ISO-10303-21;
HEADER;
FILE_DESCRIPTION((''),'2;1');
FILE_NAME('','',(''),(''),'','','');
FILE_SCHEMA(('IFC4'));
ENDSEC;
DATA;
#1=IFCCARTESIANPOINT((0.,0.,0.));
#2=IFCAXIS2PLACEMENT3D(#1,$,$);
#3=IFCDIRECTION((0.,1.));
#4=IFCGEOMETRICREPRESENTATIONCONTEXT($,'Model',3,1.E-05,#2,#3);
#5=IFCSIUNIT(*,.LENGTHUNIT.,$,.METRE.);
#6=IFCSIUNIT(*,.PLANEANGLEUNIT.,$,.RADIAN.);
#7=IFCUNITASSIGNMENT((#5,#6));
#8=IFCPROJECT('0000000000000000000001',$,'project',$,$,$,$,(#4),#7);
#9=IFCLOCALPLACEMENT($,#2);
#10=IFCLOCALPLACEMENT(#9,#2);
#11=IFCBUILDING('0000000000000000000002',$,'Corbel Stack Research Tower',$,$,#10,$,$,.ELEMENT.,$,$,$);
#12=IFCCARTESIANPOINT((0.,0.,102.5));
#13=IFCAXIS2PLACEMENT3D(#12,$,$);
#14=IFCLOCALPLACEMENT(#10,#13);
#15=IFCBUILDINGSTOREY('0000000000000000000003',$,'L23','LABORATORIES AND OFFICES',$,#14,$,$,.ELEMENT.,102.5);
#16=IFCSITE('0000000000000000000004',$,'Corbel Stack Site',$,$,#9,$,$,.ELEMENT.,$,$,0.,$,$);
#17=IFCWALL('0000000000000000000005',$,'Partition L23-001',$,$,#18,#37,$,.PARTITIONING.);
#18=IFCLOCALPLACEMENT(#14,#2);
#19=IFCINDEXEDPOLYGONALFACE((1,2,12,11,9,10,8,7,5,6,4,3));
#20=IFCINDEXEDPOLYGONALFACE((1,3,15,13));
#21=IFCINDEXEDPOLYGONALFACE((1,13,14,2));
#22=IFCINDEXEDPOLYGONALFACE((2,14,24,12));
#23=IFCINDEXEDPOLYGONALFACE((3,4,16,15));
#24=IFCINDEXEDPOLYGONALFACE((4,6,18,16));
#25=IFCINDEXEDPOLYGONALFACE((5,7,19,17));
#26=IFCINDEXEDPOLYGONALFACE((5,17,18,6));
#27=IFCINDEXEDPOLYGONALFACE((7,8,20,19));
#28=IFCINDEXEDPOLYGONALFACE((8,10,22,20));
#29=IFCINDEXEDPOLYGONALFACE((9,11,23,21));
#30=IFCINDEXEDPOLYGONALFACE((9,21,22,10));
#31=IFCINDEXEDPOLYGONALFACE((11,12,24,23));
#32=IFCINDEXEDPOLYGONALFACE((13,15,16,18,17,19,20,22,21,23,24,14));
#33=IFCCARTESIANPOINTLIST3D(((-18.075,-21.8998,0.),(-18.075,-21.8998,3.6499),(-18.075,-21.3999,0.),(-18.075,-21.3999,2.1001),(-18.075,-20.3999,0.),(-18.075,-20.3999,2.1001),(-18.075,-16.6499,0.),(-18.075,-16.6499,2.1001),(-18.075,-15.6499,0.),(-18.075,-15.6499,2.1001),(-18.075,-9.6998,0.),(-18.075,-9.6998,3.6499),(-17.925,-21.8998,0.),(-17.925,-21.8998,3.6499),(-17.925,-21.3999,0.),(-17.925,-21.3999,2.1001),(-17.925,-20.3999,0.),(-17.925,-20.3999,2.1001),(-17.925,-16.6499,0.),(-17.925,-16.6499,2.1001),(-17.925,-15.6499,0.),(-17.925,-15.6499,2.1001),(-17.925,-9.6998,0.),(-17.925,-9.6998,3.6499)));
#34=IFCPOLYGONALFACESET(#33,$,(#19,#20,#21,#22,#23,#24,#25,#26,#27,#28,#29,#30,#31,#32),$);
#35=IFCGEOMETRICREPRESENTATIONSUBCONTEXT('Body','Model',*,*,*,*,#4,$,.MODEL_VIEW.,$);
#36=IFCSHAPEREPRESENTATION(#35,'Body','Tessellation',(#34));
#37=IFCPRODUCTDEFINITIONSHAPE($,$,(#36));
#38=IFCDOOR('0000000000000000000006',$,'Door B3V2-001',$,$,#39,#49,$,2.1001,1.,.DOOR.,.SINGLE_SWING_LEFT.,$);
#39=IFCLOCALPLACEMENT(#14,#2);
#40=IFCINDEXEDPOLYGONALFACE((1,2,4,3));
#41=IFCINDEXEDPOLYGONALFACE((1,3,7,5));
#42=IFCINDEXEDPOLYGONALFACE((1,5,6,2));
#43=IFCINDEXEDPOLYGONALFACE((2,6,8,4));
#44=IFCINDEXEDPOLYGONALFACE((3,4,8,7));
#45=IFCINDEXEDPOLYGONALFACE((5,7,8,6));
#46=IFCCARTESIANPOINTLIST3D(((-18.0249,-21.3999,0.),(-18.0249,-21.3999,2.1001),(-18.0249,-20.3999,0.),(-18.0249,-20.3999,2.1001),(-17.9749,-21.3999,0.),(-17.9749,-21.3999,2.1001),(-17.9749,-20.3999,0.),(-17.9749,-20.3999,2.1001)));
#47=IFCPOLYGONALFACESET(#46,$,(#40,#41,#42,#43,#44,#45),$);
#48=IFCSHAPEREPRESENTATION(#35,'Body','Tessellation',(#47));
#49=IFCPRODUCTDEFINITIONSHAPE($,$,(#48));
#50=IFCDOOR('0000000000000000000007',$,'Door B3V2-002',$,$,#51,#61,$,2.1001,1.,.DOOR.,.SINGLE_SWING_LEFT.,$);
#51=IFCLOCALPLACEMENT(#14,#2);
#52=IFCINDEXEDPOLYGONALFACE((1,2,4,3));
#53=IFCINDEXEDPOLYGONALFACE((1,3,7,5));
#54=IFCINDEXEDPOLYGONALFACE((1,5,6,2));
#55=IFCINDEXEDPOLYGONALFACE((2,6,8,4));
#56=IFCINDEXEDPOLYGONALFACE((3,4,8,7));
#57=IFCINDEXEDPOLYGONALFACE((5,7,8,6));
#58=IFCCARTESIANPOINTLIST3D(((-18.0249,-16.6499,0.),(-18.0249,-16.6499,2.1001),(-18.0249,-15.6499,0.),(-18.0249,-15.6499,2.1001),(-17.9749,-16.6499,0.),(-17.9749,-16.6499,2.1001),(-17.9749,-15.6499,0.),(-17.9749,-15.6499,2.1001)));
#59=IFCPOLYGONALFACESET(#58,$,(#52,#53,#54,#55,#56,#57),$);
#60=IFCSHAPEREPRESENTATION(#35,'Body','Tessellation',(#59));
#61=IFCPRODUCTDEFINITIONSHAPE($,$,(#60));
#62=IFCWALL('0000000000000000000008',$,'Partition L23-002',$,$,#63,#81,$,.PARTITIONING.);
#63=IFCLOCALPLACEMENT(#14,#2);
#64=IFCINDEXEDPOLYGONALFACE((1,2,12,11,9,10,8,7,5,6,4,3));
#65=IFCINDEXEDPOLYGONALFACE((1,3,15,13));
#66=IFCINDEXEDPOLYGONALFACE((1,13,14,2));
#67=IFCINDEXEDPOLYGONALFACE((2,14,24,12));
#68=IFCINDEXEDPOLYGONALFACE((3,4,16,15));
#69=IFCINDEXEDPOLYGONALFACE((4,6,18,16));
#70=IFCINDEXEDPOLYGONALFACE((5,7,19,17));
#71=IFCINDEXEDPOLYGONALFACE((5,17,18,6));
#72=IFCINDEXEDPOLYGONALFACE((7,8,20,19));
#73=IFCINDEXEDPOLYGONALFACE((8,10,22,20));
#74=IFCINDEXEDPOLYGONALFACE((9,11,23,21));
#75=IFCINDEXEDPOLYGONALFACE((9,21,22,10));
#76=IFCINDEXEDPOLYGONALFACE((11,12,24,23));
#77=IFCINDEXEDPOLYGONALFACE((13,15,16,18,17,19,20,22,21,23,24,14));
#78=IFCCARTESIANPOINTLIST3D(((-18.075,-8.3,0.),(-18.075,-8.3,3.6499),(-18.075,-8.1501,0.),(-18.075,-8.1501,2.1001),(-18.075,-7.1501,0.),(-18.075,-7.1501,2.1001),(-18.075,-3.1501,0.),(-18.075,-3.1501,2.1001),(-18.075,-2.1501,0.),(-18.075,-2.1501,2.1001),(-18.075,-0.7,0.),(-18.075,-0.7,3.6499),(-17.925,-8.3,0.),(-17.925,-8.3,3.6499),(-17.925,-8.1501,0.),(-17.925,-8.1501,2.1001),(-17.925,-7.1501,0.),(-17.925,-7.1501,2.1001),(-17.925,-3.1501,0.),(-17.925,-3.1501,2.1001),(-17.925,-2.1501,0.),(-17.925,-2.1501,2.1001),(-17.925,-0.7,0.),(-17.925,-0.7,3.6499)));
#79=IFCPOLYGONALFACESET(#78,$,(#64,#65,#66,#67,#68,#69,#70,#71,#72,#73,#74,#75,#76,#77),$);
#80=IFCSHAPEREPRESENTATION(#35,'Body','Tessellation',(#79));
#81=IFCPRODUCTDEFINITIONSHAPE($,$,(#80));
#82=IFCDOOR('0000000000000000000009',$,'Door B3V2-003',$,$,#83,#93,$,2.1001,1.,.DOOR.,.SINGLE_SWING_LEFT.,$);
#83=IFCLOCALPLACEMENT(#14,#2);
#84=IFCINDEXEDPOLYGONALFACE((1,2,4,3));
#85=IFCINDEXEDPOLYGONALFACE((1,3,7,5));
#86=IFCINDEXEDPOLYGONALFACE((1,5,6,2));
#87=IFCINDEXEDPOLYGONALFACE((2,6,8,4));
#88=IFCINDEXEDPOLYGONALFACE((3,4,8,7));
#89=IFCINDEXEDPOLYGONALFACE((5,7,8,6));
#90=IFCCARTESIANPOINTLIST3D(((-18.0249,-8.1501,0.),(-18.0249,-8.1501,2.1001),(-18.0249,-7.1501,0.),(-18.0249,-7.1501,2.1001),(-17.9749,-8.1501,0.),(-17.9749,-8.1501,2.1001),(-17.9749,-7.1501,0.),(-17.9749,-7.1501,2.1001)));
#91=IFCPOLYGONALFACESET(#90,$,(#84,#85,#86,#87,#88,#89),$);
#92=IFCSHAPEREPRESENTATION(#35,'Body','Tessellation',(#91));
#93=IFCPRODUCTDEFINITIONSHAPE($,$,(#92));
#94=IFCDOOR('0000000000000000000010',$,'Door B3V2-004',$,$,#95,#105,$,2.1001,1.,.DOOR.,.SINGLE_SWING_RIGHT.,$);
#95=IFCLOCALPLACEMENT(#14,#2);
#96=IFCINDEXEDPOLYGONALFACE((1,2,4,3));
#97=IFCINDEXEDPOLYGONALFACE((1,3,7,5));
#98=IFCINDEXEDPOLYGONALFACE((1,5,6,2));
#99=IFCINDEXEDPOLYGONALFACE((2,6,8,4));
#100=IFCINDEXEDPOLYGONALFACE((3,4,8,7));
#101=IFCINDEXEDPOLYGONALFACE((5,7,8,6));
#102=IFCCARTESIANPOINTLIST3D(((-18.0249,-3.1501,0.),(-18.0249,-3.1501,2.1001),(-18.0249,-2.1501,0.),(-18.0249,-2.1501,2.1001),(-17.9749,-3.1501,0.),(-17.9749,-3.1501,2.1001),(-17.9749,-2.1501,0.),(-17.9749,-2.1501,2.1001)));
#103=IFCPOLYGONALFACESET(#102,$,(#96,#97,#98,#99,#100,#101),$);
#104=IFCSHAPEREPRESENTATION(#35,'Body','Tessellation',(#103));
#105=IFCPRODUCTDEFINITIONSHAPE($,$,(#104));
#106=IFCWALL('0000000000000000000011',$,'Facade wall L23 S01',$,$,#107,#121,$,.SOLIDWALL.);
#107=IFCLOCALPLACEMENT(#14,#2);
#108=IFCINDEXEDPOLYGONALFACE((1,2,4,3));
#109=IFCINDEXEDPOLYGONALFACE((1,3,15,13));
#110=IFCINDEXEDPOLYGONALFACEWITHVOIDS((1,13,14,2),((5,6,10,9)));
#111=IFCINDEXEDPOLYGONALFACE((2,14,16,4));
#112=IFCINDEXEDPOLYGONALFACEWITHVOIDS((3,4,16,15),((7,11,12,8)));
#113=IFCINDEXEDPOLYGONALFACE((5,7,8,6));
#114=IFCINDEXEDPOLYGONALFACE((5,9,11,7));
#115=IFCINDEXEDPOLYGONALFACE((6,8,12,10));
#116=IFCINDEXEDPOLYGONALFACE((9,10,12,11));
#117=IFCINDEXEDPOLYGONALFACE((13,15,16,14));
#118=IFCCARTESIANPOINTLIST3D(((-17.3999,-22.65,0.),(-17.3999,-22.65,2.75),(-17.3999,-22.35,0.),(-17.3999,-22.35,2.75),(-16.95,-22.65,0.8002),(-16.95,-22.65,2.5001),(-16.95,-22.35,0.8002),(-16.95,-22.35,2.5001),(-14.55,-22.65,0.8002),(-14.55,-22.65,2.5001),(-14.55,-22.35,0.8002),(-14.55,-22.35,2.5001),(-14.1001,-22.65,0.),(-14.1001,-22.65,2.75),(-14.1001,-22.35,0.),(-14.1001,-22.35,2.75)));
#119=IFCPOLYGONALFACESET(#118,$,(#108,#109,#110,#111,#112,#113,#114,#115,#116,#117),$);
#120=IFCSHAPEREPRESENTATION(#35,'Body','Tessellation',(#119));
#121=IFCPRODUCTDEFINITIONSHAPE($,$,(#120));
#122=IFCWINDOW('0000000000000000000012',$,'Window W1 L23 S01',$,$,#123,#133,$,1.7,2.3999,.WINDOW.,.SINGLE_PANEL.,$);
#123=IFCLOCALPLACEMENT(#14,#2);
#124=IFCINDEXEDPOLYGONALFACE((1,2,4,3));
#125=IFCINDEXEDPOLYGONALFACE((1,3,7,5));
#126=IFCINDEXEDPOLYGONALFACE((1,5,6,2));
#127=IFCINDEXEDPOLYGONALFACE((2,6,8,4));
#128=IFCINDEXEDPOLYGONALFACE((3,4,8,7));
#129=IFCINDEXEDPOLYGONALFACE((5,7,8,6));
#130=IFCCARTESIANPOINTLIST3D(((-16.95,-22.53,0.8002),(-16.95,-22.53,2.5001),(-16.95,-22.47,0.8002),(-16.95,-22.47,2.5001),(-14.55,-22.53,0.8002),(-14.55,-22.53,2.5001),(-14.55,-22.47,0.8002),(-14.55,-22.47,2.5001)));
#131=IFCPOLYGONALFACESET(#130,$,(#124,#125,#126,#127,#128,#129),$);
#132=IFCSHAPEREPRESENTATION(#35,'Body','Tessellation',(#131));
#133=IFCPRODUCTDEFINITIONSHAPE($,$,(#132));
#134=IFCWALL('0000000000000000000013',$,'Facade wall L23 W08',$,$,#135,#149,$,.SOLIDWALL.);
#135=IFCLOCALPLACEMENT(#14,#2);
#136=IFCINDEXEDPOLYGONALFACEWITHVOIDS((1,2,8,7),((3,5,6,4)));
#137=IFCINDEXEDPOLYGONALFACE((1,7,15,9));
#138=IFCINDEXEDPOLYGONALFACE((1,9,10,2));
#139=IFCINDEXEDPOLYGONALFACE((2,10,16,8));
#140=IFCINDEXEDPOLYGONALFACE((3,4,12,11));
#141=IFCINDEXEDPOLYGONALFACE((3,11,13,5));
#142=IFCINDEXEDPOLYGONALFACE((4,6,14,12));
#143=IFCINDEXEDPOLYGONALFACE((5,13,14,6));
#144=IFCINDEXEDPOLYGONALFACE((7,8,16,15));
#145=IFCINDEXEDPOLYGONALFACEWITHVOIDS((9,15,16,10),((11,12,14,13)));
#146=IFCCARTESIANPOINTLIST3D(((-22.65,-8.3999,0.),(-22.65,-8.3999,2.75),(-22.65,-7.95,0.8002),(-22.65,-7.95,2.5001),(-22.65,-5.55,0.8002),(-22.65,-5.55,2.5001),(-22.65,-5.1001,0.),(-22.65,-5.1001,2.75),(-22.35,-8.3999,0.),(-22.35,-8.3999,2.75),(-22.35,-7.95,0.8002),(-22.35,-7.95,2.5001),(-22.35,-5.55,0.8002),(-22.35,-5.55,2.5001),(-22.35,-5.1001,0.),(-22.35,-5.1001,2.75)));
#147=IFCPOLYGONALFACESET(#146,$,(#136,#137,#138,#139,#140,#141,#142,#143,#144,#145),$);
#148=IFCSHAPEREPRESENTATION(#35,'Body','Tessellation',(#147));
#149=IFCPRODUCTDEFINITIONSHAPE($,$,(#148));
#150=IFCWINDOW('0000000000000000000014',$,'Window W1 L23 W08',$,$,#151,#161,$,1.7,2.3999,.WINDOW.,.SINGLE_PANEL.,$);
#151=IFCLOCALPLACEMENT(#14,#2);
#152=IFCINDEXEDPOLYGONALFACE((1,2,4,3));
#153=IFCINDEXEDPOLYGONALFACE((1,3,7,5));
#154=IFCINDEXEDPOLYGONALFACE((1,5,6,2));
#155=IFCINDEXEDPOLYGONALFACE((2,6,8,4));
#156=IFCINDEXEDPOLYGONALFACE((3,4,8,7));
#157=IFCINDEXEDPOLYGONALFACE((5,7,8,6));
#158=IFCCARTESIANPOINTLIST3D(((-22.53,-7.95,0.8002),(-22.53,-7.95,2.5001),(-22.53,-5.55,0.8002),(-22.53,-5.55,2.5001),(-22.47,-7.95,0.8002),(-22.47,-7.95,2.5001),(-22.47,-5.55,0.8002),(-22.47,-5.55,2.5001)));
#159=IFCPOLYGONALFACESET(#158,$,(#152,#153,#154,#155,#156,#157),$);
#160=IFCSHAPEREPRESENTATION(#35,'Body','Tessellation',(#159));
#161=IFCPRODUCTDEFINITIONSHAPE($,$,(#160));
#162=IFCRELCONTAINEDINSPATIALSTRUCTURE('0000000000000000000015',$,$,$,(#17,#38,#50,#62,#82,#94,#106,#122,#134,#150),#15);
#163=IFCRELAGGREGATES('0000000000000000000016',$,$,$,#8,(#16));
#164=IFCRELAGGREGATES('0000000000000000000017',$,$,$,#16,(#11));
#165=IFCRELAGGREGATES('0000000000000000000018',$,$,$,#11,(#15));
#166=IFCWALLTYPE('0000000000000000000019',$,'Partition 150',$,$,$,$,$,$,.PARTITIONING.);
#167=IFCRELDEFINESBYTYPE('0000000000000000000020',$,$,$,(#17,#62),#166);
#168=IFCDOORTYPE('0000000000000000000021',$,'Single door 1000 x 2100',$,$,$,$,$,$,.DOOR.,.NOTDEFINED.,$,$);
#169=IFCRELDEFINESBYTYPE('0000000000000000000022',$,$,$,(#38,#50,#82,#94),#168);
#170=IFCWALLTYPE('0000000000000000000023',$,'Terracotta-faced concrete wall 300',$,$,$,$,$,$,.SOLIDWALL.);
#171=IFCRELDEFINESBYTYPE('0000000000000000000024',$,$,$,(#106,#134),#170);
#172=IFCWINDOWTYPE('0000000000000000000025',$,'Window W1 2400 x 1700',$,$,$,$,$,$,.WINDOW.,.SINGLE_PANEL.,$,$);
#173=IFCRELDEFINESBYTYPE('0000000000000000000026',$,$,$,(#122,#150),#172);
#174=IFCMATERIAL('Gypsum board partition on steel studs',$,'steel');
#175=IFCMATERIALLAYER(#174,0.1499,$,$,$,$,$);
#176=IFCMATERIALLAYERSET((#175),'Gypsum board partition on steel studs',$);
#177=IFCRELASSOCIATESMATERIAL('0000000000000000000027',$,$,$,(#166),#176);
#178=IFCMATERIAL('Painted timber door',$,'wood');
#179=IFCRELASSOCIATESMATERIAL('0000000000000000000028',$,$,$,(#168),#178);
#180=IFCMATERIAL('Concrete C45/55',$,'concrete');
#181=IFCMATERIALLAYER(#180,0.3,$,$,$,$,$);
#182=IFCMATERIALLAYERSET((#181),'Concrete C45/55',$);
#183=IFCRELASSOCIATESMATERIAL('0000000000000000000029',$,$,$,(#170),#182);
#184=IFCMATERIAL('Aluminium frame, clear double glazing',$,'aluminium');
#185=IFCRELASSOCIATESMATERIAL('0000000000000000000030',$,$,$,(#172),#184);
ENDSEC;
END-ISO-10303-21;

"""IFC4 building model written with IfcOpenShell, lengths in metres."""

from ifc_helpers import new_model, si_unit, direction, frame, frame_2d, origin, place, context, subcontext, project, spatial, rectangle, extrude, material, layer, layer_set, type_object, element, fill, save


model = new_model("IFC4")

# Units and contexts
model_context = context("Model", 3, precision=1e-05, world=origin(), true_north=direction((0.0, 1.0)))
body_context = subcontext(model_context, "Body", "Model", "MODEL_VIEW")
ifc_project = project(units=[si_unit("LENGTHUNIT", "METRE"), si_unit("PLANEANGLEUNIT", "RADIAN")], contexts=[model_context])

# Site, building, storey
site_placement = place(None, origin())
site = spatial("IfcSite", under=ifc_project, at=site_placement, Name="Corbel Stack Site", CompositionType="ELEMENT", RefElevation=0.0)
building_placement = place(site_placement, origin())
building = spatial("IfcBuilding", under=site, at=building_placement, Name="Corbel Stack Research Tower", CompositionType="ELEMENT")
storey_placement = place(building_placement, frame((0.0, 0.0, 102.5)))
storey = spatial("IfcBuildingStorey", under=building, at=storey_placement, Name="L23", Description="LABORATORIES AND OFFICES", CompositionType="ELEMENT", Elevation=102.5)

# Walls, openings, doors
ifc_material_1 = material(Name="Gypsum board partition on steel studs", Category="steel")
ifc_layer_1 = layer(ifc_material_1, 0.1499)
ifc_layer_set_1 = layer_set([ifc_layer_1], Name="Gypsum board partition on steel studs")
wall_type_1 = type_object("IfcWallType", Name="Partition 150", PredefinedType="PARTITIONING", material=ifc_layer_set_1)
wall_1_placement = place(storey_placement, frame((-18.0, -21.8999, 0.0), z_axis=(0.0, 0.0, 1.0), x_axis=(0.0, 1.0, 0.0)))
wall_1 = element("IfcWall", 1, at=wall_1_placement, inside=storey, type_object=wall_type_1, Name="Partition L23-001", PredefinedType="PARTITIONING", context=body_context, shape_type="SweptSolid", body=[
    extrude(rectangle(XDim=12.2, YDim=0.1499, at=frame_2d((6.1001, 0.0))), origin(), (0.0, 0.0, 1.0), 3.6499),
])
opening_1_placement = place(wall_1_placement, frame((0.5, 0.0, 0.0)))
opening_1 = element("IfcOpeningElement", 2, at=opening_1_placement, cuts=wall_1, PredefinedType="OPENING", context=body_context, shape_type="SweptSolid", body=[
    extrude(rectangle(XDim=1.0, YDim=2.1001, at=frame_2d((0.5, 1.05))), frame((0.0, 0.085, 0.0), z_axis=(0.0, -1.0, 0.0), x_axis=(1.0, 0.0, 0.0)), (0.0, 0.0, 1.0), 0.1699),
])
opening_2_placement = place(wall_1_placement, frame((5.25, 0.0, 0.0)))
opening_2 = element("IfcOpeningElement", 3, at=opening_2_placement, cuts=wall_1, PredefinedType="OPENING", context=body_context, shape_type="SweptSolid", body=[
    extrude(rectangle(XDim=1.0, YDim=2.1001, at=frame_2d((0.5, 1.05))), frame((0.0, 0.085, 0.0), z_axis=(0.0, -1.0, 0.0), x_axis=(1.0, 0.0, 0.0)), (0.0, 0.0, 1.0), 0.1699),
])
ifc_material_2 = material(Name="Painted timber door", Category="wood")
door_type_1 = type_object("IfcDoorType", Name="Single door 1000 x 2100", OperationType="NOTDEFINED", PredefinedType="DOOR", material=ifc_material_2)
door_1_placement = place(opening_1_placement, origin())
door_1 = element("IfcDoor", 4, at=door_1_placement, inside=storey, type_object=door_type_1, Name="Door B3V2-001", OperationType="SINGLE_SWING_LEFT", OverallHeight=2.1001, OverallWidth=1.0, PredefinedType="DOOR", context=body_context, shape_type="SweptSolid", body=[
    extrude(rectangle(XDim=1.0, YDim=2.1001, at=frame_2d((0.5, 1.05))), frame((0.0, 0.0249, 0.0), z_axis=(0.0, -1.0, 0.0), x_axis=(1.0, 0.0, 0.0)), (0.0, 0.0, 1.0), 0.05),
])
fill(opening_1, door_1)
door_2_placement = place(opening_2_placement, origin())
door_2 = element("IfcDoor", 5, at=door_2_placement, inside=storey, type_object=door_type_1, Name="Door B3V2-002", OperationType="SINGLE_SWING_LEFT", OverallHeight=2.1001, OverallWidth=1.0, PredefinedType="DOOR", context=body_context, shape_type="SweptSolid", body=[
    extrude(rectangle(XDim=1.0, YDim=2.1001, at=frame_2d((0.5, 1.05))), frame((0.0, 0.0249, 0.0), z_axis=(0.0, -1.0, 0.0), x_axis=(1.0, 0.0, 0.0)), (0.0, 0.0, 1.0), 0.05),
])
fill(opening_2, door_2)
wall_2_placement = place(storey_placement, frame((-18.0, -8.3, 0.0), z_axis=(0.0, 0.0, 1.0), x_axis=(0.0, 1.0, 0.0)))
wall_2 = element("IfcWall", 6, at=wall_2_placement, inside=storey, type_object=wall_type_1, Name="Partition L23-002", PredefinedType="PARTITIONING", context=body_context, shape_type="SweptSolid", body=[
    extrude(rectangle(XDim=7.6001, YDim=0.1499, at=frame_2d((3.8, 0.0))), origin(), (0.0, 0.0, 1.0), 3.6499),
])
opening_3_placement = place(wall_2_placement, frame((0.1499, 0.0, 0.0)))
opening_3 = element("IfcOpeningElement", 7, at=opening_3_placement, cuts=wall_2, PredefinedType="OPENING", context=body_context, shape_type="SweptSolid", body=[
    extrude(rectangle(XDim=1.0, YDim=2.1001, at=frame_2d((0.5, 1.05))), frame((0.0, 0.085, 0.0), z_axis=(0.0, -1.0, 0.0), x_axis=(1.0, 0.0, 0.0)), (0.0, 0.0, 1.0), 0.1699),
])
opening_4_placement = place(wall_2_placement, frame((5.1499, 0.0, 0.0)))
opening_4 = element("IfcOpeningElement", 8, at=opening_4_placement, cuts=wall_2, PredefinedType="OPENING", context=body_context, shape_type="SweptSolid", body=[
    extrude(rectangle(XDim=1.0, YDim=2.1001, at=frame_2d((0.5, 1.05))), frame((0.0, 0.085, 0.0), z_axis=(0.0, -1.0, 0.0), x_axis=(1.0, 0.0, 0.0)), (0.0, 0.0, 1.0), 0.1699),
])
door_3_placement = place(opening_3_placement, origin())
door_3 = element("IfcDoor", 9, at=door_3_placement, inside=storey, type_object=door_type_1, Name="Door B3V2-003", OperationType="SINGLE_SWING_LEFT", OverallHeight=2.1001, OverallWidth=1.0, PredefinedType="DOOR", context=body_context, shape_type="SweptSolid", body=[
    extrude(rectangle(XDim=1.0, YDim=2.1001, at=frame_2d((0.5, 1.05))), frame((0.0, 0.0249, 0.0), z_axis=(0.0, -1.0, 0.0), x_axis=(1.0, 0.0, 0.0)), (0.0, 0.0, 1.0), 0.05),
])
fill(opening_3, door_3)
door_4_placement = place(opening_4_placement, origin())
door_4 = element("IfcDoor", 10, at=door_4_placement, inside=storey, type_object=door_type_1, Name="Door B3V2-004", OperationType="SINGLE_SWING_RIGHT", OverallHeight=2.1001, OverallWidth=1.0, PredefinedType="DOOR", context=body_context, shape_type="SweptSolid", body=[
    extrude(rectangle(XDim=1.0, YDim=2.1001, at=frame_2d((0.5, 1.05))), frame((0.0, 0.0249, 0.0), z_axis=(0.0, -1.0, 0.0), x_axis=(1.0, 0.0, 0.0)), (0.0, 0.0, 1.0), 0.05),
])
fill(opening_4, door_4)

# Walls, openings, windows
ifc_material_3 = material(Name="Concrete C45/55", Category="concrete")
ifc_layer_2 = layer(ifc_material_3, 0.3)
ifc_layer_set_2 = layer_set([ifc_layer_2], Name="Concrete C45/55")
wall_type_2 = type_object("IfcWallType", Name="Terracotta-faced concrete wall 300", PredefinedType="SOLIDWALL", material=ifc_layer_set_2)
wall_3_placement = place(storey_placement, frame((-14.1001, -22.5, 0.0), z_axis=(0.0, 0.0, 1.0), x_axis=(-1.0, 0.0, 0.0)))
wall_3 = element("IfcWall", 11, at=wall_3_placement, inside=storey, type_object=wall_type_2, Name="Facade wall L23 S01", PredefinedType="SOLIDWALL", context=body_context, shape_type="SweptSolid", body=[
    extrude(rectangle(XDim=3.2998, YDim=0.3, at=frame_2d((1.6499, 0.0))), origin(), (0.0, 0.0, 1.0), 2.75),
])
opening_5_placement = place(wall_3_placement, frame((0.45, 0.0, 0.8)))
opening_5 = element("IfcOpeningElement", 12, at=opening_5_placement, cuts=wall_3, PredefinedType="OPENING", context=body_context, shape_type="SweptSolid", body=[
    extrude(rectangle(XDim=2.3999, YDim=1.7, at=frame_2d((1.2, 0.8501))), frame((0.0, 0.1599, 0.0), z_axis=(0.0, -1.0, 0.0), x_axis=(1.0, 0.0, 0.0)), (0.0, 0.0, 1.0), 0.3201),
])
ifc_material_4 = material(Name="Aluminium frame, clear double glazing", Category="aluminium")
window_type = type_object("IfcWindowType", Name="Window W1 2400 x 1700", PartitioningType="SINGLE_PANEL", PredefinedType="WINDOW", material=ifc_material_4)
window_1_placement = place(opening_5_placement, origin())
window_1 = element("IfcWindow", 13, at=window_1_placement, inside=storey, type_object=window_type, Name="Window W1 L23 S01", OverallHeight=1.7, OverallWidth=2.3999, PartitioningType="SINGLE_PANEL", PredefinedType="WINDOW", context=body_context, shape_type="SweptSolid", body=[
    extrude(rectangle(XDim=2.3999, YDim=1.7, at=frame_2d((1.2, 0.8501))), frame((0.0, 0.03, 0.0), z_axis=(0.0, -1.0, 0.0), x_axis=(1.0, 0.0, 0.0)), (0.0, 0.0, 1.0), 0.0601),
])
fill(opening_5, window_1)
wall_4_placement = place(storey_placement, frame((-22.5, -8.3999, 0.0), z_axis=(0.0, 0.0, 1.0), x_axis=(0.0, 1.0, 0.0)))
wall_4 = element("IfcWall", 14, at=wall_4_placement, inside=storey, type_object=wall_type_2, Name="Facade wall L23 W08", PredefinedType="SOLIDWALL", context=body_context, shape_type="SweptSolid", body=[
    extrude(rectangle(XDim=3.2998, YDim=0.3, at=frame_2d((1.6499, 0.0))), origin(), (0.0, 0.0, 1.0), 2.75),
])
opening_6_placement = place(wall_4_placement, frame((0.45, 0.0, 0.8)))
opening_6 = element("IfcOpeningElement", 15, at=opening_6_placement, cuts=wall_4, PredefinedType="OPENING", context=body_context, shape_type="SweptSolid", body=[
    extrude(rectangle(XDim=2.3999, YDim=1.7, at=frame_2d((1.2, 0.8501))), frame((0.0, 0.1599, 0.0), z_axis=(0.0, -1.0, 0.0), x_axis=(1.0, 0.0, 0.0)), (0.0, 0.0, 1.0), 0.3201),
])
window_2_placement = place(opening_6_placement, origin())
window_2 = element("IfcWindow", 16, at=window_2_placement, inside=storey, type_object=window_type, Name="Window W1 L23 W08", OverallHeight=1.7, OverallWidth=2.3999, PartitioningType="SINGLE_PANEL", PredefinedType="WINDOW", context=body_context, shape_type="SweptSolid", body=[
    extrude(rectangle(XDim=2.3999, YDim=1.7, at=frame_2d((1.2, 0.8501))), frame((0.0, 0.03, 0.0), z_axis=(0.0, -1.0, 0.0), x_axis=(1.0, 0.0, 0.0)), (0.0, 0.0, 1.0), 0.0601),
])
fill(opening_6, window_2)

save(model, "model.ifc")
